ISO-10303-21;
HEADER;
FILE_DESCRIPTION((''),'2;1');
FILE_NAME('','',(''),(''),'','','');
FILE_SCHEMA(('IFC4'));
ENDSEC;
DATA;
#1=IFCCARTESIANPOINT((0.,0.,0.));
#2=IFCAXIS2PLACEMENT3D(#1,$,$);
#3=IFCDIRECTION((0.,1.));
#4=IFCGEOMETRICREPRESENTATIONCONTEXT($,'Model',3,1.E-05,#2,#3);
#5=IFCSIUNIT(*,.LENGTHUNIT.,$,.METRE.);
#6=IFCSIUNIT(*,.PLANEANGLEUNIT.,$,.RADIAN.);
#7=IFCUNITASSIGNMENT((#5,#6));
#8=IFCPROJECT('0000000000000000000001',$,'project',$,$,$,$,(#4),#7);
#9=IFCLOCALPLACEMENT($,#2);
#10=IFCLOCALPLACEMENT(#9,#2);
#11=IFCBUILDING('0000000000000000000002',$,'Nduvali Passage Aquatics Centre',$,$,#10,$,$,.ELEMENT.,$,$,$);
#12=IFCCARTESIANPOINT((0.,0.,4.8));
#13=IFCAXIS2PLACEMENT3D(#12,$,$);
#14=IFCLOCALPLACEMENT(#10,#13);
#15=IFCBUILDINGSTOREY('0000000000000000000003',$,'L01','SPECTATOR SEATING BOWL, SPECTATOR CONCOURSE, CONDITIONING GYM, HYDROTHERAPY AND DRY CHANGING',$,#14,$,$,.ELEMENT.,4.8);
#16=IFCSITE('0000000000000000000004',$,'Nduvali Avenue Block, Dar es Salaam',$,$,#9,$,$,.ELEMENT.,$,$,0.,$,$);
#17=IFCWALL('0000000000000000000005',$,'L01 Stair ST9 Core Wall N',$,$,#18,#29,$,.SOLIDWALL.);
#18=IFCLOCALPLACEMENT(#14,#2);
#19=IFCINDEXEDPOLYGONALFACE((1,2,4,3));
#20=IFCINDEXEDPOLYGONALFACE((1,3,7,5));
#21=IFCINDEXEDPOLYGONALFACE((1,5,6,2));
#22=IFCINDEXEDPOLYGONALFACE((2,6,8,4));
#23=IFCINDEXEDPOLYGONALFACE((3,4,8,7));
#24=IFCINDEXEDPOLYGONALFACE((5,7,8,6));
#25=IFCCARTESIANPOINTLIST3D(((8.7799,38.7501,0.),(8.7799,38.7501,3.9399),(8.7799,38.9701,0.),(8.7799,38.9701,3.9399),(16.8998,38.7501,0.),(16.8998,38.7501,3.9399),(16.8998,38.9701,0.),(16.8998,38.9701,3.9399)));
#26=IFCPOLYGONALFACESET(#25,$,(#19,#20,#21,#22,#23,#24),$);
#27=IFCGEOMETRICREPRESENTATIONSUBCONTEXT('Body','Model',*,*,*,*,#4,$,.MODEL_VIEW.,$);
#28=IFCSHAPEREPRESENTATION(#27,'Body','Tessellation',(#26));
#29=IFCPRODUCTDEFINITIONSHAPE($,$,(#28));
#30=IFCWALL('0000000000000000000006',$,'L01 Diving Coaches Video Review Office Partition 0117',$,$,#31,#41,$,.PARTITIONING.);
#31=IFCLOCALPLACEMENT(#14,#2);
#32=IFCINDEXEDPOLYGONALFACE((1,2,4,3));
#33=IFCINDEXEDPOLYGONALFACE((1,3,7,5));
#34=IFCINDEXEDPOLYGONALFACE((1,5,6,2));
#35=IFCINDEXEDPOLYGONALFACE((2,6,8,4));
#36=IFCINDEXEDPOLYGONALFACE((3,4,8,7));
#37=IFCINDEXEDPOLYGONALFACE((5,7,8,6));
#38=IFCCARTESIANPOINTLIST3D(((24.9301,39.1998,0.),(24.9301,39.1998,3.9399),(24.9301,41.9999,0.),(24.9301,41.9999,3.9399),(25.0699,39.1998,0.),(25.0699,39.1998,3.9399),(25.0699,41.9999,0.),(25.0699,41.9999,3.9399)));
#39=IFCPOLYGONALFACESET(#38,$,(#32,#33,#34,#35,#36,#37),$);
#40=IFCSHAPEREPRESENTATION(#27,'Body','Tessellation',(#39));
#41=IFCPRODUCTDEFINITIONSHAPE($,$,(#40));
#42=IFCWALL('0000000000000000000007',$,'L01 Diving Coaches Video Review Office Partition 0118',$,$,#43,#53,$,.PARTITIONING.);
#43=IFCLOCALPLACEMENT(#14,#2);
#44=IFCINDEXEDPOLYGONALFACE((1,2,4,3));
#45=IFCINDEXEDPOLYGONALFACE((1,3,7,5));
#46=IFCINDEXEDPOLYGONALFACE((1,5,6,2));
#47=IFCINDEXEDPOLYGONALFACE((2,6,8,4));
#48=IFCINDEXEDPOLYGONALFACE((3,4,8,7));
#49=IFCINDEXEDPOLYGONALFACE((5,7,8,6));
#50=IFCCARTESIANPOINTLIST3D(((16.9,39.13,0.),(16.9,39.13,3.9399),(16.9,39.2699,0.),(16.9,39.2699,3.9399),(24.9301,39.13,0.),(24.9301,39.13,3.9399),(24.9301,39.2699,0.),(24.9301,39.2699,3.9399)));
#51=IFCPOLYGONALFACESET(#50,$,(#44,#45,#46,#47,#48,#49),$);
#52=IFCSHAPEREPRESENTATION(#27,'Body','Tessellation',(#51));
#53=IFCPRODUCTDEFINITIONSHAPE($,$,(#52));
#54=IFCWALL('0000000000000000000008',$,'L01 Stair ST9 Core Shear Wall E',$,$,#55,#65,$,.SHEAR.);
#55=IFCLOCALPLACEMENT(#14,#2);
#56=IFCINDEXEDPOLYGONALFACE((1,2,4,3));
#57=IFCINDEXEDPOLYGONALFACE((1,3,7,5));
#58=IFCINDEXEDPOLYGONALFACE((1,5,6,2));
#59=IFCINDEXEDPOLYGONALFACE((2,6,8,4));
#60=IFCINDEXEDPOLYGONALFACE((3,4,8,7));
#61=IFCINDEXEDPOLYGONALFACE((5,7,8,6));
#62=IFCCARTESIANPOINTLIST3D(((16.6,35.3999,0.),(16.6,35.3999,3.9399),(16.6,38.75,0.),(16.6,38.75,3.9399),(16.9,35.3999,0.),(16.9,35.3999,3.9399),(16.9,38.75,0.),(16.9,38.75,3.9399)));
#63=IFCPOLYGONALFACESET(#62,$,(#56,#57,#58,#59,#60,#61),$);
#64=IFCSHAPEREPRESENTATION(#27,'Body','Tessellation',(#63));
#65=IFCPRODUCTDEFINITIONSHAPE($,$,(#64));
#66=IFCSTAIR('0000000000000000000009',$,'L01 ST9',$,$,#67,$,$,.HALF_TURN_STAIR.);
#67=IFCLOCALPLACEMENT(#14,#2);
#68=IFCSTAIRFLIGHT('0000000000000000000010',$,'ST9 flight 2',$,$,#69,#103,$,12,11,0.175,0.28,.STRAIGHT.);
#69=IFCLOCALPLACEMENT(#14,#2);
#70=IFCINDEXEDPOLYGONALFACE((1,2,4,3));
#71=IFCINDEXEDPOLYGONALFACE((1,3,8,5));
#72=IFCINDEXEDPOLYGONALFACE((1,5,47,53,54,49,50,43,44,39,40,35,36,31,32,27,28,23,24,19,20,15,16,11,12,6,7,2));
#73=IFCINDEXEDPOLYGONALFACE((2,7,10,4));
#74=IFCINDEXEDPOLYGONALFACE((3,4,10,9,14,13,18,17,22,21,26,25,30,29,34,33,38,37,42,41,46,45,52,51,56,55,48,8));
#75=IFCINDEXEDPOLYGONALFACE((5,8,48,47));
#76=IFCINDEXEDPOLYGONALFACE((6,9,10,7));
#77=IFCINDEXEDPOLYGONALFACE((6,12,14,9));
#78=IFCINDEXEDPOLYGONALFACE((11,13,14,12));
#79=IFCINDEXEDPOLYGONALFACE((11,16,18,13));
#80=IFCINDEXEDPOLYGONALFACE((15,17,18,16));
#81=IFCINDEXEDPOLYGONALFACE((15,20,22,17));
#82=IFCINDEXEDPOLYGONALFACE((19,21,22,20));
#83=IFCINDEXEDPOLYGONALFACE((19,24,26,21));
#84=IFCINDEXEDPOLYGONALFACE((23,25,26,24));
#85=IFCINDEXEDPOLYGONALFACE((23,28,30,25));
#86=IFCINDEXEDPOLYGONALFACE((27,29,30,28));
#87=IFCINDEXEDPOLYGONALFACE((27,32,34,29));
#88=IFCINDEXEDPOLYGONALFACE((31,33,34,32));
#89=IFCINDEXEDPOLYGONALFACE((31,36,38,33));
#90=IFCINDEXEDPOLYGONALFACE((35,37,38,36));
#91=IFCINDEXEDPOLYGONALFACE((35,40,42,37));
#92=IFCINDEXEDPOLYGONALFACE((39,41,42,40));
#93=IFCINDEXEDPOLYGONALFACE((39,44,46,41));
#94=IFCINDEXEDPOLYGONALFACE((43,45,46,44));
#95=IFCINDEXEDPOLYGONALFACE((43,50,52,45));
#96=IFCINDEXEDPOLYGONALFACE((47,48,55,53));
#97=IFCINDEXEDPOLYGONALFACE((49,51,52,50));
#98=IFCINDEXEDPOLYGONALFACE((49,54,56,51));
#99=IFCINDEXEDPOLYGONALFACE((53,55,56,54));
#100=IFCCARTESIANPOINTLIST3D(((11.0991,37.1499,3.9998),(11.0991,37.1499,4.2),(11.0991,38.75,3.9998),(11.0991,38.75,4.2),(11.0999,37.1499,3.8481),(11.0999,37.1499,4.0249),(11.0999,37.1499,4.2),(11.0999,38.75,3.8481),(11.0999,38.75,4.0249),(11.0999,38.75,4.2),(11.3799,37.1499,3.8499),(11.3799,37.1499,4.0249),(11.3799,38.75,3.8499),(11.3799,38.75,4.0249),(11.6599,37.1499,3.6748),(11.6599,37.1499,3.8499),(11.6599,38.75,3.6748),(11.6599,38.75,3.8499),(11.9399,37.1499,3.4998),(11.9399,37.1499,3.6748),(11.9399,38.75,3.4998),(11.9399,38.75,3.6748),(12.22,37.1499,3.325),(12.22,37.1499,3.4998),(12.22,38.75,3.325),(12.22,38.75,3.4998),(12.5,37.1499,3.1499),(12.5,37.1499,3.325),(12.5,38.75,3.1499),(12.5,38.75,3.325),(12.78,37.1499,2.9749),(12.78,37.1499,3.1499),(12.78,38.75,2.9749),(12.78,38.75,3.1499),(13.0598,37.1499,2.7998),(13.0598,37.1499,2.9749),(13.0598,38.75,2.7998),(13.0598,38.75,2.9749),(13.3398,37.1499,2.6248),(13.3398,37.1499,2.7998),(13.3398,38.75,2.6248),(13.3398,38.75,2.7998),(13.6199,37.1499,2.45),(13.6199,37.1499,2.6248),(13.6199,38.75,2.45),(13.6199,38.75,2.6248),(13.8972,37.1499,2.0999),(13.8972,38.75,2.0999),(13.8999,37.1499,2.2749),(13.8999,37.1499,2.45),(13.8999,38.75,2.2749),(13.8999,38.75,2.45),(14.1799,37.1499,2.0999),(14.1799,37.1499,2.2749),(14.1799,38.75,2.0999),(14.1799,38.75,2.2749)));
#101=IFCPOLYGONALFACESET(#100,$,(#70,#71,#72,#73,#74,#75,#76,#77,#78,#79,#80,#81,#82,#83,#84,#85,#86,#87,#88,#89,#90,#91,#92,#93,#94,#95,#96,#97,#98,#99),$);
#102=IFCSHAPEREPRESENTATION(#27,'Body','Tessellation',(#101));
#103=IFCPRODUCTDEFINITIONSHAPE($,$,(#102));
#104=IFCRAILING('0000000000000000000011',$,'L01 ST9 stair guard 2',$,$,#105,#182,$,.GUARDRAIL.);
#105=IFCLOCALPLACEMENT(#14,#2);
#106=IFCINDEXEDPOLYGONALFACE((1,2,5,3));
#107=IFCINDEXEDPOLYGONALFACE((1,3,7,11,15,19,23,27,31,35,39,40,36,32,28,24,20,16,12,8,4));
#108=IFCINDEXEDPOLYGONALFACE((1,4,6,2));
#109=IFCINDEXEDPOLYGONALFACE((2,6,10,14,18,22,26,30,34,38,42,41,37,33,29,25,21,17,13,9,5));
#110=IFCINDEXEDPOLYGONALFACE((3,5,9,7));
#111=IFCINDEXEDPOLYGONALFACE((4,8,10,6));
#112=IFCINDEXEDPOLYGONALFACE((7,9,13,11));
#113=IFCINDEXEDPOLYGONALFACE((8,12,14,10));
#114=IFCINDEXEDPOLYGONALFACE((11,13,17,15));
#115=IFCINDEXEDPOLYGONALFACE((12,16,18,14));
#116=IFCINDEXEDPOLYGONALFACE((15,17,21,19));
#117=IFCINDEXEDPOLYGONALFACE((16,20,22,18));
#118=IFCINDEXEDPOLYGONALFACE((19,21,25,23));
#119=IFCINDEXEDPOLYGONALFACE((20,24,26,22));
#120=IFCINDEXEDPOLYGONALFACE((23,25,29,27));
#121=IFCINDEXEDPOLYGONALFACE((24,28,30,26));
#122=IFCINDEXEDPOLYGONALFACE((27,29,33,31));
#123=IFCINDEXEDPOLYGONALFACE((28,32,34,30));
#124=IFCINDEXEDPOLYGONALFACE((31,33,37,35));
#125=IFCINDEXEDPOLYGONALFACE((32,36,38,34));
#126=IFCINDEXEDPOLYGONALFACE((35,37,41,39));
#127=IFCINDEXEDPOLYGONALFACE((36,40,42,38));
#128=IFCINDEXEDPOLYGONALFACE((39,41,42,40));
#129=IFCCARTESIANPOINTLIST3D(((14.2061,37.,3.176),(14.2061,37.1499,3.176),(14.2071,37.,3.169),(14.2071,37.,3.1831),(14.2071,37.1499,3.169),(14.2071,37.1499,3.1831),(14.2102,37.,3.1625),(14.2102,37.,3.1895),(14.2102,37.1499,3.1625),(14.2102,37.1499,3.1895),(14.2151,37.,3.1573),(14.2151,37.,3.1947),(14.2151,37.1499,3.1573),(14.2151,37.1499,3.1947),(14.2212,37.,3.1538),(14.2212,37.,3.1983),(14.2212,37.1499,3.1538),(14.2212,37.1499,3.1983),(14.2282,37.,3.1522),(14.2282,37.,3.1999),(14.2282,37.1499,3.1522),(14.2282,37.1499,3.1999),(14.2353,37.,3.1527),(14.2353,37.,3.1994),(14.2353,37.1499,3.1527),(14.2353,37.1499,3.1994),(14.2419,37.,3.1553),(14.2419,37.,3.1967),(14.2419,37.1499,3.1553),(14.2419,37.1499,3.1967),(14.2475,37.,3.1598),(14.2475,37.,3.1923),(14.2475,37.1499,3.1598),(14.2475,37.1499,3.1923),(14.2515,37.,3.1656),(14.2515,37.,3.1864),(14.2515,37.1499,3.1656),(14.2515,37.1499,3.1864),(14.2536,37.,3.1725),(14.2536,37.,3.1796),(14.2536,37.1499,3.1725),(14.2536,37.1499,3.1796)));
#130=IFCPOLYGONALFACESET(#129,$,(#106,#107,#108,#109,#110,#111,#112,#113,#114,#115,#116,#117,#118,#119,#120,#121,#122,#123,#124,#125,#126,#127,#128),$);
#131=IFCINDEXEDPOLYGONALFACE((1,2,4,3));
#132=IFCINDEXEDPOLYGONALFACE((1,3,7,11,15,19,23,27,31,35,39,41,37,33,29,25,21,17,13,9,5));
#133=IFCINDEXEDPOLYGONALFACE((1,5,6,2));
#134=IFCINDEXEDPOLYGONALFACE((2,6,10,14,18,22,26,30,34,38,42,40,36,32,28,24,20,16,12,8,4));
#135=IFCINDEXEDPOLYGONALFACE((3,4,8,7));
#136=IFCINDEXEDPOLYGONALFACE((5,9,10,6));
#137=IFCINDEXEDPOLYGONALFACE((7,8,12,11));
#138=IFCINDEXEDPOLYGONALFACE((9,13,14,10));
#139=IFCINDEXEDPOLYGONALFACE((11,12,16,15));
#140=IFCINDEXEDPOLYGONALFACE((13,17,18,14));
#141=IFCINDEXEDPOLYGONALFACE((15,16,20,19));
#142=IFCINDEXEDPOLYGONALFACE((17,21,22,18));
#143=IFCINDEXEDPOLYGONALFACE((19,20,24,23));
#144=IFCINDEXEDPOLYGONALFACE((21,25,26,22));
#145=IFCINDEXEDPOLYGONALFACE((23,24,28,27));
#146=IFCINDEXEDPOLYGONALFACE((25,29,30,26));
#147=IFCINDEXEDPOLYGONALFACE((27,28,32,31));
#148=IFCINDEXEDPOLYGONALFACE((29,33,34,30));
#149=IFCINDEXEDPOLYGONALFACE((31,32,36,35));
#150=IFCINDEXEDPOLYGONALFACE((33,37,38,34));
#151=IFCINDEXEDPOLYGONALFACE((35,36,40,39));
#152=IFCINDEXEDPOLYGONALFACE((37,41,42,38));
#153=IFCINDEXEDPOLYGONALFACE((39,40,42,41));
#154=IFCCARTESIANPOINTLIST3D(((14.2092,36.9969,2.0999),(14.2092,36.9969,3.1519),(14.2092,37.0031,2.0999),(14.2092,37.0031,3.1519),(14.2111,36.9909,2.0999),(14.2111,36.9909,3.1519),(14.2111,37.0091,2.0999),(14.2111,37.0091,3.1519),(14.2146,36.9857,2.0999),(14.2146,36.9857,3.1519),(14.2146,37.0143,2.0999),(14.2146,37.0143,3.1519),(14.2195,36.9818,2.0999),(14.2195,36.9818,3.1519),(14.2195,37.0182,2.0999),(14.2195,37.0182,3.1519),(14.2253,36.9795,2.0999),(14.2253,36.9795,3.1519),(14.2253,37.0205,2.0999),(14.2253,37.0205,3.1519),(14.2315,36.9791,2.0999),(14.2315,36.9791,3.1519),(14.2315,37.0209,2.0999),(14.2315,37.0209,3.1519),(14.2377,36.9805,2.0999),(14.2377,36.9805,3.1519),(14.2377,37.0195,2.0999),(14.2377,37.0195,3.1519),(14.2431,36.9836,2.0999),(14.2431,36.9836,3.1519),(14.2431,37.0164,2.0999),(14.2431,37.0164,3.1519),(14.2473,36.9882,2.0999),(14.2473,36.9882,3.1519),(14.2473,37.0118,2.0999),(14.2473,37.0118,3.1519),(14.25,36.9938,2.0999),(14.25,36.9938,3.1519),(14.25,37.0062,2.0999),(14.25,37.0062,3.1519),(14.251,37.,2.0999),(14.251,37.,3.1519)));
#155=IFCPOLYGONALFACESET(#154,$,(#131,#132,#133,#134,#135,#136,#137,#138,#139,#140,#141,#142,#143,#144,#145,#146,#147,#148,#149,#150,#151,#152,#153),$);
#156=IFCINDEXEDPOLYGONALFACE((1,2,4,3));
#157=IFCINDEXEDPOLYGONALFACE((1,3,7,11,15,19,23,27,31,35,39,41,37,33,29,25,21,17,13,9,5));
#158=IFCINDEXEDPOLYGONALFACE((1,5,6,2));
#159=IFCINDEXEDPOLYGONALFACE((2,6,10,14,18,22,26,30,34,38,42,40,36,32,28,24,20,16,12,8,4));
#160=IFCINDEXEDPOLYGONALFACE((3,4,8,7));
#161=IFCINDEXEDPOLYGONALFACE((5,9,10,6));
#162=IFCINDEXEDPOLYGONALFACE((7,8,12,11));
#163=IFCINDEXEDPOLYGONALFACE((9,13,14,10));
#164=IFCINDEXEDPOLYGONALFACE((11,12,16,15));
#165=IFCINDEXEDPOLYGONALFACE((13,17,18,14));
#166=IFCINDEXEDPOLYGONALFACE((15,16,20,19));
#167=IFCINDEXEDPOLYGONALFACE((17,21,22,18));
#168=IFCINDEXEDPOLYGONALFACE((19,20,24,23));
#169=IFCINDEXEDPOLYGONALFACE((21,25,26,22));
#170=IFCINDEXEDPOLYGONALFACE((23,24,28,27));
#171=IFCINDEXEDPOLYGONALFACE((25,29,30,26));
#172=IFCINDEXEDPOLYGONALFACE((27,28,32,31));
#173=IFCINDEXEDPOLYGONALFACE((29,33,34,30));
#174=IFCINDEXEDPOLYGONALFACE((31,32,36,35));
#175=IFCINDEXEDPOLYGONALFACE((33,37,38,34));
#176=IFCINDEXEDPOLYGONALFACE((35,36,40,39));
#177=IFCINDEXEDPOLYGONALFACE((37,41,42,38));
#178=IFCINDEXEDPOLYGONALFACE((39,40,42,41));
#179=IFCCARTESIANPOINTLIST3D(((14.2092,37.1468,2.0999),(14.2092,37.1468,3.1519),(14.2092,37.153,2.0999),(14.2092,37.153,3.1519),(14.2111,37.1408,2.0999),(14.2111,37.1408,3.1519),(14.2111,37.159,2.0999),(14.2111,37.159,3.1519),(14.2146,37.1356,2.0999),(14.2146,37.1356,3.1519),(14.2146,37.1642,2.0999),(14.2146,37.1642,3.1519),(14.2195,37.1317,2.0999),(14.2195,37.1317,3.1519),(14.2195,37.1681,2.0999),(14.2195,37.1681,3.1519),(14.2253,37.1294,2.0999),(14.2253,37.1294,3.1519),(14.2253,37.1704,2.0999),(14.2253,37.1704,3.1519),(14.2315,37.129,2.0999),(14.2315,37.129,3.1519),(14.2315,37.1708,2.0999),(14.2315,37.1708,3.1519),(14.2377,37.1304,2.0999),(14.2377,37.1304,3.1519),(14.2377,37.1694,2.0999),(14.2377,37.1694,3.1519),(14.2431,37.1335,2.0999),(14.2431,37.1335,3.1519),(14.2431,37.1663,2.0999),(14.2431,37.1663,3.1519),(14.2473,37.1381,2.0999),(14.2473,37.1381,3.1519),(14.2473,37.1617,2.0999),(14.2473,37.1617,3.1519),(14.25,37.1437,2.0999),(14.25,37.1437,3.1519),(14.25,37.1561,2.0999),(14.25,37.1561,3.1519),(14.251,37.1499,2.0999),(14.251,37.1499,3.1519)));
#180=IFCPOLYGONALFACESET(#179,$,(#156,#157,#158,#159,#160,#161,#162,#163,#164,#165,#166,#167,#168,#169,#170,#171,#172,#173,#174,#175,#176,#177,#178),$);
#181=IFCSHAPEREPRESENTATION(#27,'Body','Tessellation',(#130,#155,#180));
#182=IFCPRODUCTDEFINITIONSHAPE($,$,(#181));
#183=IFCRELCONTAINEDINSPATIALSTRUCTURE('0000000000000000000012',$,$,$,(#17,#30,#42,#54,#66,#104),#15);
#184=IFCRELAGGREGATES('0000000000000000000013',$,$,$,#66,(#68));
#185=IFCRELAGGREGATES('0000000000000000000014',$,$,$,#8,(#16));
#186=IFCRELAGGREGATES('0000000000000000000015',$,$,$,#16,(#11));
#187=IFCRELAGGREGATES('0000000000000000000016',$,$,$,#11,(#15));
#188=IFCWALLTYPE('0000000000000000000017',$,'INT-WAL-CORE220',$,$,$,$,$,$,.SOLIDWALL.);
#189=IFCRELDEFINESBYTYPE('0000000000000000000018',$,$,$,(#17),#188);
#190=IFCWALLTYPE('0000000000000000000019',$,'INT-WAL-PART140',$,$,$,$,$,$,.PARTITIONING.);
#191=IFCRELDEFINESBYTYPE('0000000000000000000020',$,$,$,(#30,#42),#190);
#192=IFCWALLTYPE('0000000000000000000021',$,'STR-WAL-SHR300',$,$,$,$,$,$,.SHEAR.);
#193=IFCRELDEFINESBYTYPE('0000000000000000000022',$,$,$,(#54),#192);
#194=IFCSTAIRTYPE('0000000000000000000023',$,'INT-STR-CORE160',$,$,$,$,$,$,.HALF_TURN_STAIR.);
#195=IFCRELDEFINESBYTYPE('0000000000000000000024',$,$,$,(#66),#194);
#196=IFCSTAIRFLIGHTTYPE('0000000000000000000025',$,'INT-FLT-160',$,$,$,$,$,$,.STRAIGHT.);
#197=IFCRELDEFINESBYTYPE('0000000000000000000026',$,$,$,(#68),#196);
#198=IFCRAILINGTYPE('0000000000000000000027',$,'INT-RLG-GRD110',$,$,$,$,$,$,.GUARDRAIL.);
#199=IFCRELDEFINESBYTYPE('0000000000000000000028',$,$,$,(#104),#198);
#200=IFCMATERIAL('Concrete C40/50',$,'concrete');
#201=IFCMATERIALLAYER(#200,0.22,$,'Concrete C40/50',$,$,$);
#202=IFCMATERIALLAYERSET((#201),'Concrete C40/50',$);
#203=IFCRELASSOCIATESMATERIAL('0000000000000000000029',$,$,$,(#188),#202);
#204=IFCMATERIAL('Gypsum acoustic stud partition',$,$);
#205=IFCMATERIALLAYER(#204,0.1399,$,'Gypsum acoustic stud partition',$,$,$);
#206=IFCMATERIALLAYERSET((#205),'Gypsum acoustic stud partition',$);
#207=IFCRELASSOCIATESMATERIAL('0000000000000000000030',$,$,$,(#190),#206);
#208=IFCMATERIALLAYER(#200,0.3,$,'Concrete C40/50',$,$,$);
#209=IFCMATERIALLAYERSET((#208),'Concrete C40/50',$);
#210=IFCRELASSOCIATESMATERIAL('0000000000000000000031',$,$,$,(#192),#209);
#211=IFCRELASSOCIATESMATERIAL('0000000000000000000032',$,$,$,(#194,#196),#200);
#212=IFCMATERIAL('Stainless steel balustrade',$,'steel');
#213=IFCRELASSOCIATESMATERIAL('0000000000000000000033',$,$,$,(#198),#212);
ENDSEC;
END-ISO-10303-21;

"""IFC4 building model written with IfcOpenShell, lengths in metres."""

from ifc_helpers import new_model, si_unit, direction, frame, frame_2d, origin, origin_2d, place, context, subcontext, project, spatial, polyline, rectangle, circle, outline, extrude, material, layer, layer_set, type_object, element, aggregate, save


model = new_model("IFC4")

# Units and contexts
model_context = context("Model", 3, precision=1e-05, world=origin(), true_north=direction((0.0, 1.0)))
body_context = subcontext(model_context, "Body", "Model", "MODEL_VIEW")
ifc_project = project(units=[si_unit("LENGTHUNIT", "METRE"), si_unit("PLANEANGLEUNIT", "RADIAN")], contexts=[model_context])

# Site, building, storey
site_placement = place(None, origin())
site = spatial("IfcSite", under=ifc_project, at=site_placement, Name="Nduvali Avenue Block, Dar es Salaam", CompositionType="ELEMENT", RefElevation=0.0)
building_placement = place(site_placement, origin())
building = spatial("IfcBuilding", under=site, at=building_placement, Name="Nduvali Passage Aquatics Centre", CompositionType="ELEMENT")
storey_placement = place(building_placement, frame((0.0, 0.0, 4.8)))
storey = spatial("IfcBuildingStorey", under=building, at=storey_placement, Name="L01", Description="SPECTATOR SEATING BOWL, SPECTATOR CONCOURSE, CONDITIONING GYM, HYDROTHERAPY AND DRY CHANGING", CompositionType="ELEMENT", Elevation=4.8)

# Shared definitions
ifc_material_1 = material(Name="Concrete C40/50", Category="concrete")

# Walls
ifc_layer_1 = layer(ifc_material_1, 0.22, Name="Concrete C40/50")
ifc_layer_set_1 = layer_set([ifc_layer_1], Name="Concrete C40/50")
wall_type_1 = type_object("IfcWallType", Name="INT-WAL-CORE220", PredefinedType="SOLIDWALL", material=ifc_layer_set_1)
wall_1_placement = place(storey_placement, frame((16.8999, 38.8601, 0.0), z_axis=(0.0, 0.0, 1.0), x_axis=(-1.0, 0.0, 0.0)))
element("IfcWall", 1, at=wall_1_placement, inside=storey, type_object=wall_type_1, Name="L01 Stair ST9 Core Wall N", PredefinedType="SOLIDWALL", context=body_context, shape_type="SweptSolid", body=[
    extrude(rectangle(XDim=8.1199, YDim=0.22, at=frame_2d((4.0601, 0.0))), origin(), (0.0, 0.0, 1.0), 3.9399),
])
ifc_material_2 = material(Name="Gypsum acoustic stud partition")
ifc_layer_2 = layer(ifc_material_2, 0.1399, Name="Gypsum acoustic stud partition")
ifc_layer_set_2 = layer_set([ifc_layer_2], Name="Gypsum acoustic stud partition")
wall_type_2 = type_object("IfcWallType", Name="INT-WAL-PART140", PredefinedType="PARTITIONING", material=ifc_layer_set_2)
wall_2_placement = place(storey_placement, frame((25.0, 39.2, 0.0), z_axis=(0.0, 0.0, 1.0), x_axis=(0.0, 1.0, 0.0)))
element("IfcWall", 2, at=wall_2_placement, inside=storey, type_object=wall_type_2, Name="L01 Diving Coaches Video Review Office Partition 0117", PredefinedType="PARTITIONING", context=body_context, shape_type="SweptSolid", body=[
    extrude(rectangle(XDim=2.8, YDim=0.1399, at=frame_2d((1.3999, 0.0))), origin(), (0.0, 0.0, 1.0), 3.9399),
])
wall_3_placement = place(storey_placement, frame((16.8999, 39.2, 0.0), z_axis=(0.0, 0.0, 1.0), x_axis=(1.0, 0.0, 0.0)))
element("IfcWall", 3, at=wall_3_placement, inside=storey, type_object=wall_type_2, Name="L01 Diving Coaches Video Review Office Partition 0118", PredefinedType="PARTITIONING", context=body_context, shape_type="SweptSolid", body=[
    extrude(rectangle(XDim=8.03, YDim=0.1399, at=frame_2d((4.0151, 0.0))), origin(), (0.0, 0.0, 1.0), 3.9399),
])
ifc_layer_3 = layer(ifc_material_1, 0.3, Name="Concrete C40/50")
ifc_layer_set_3 = layer_set([ifc_layer_3], Name="Concrete C40/50")
wall_type_3 = type_object("IfcWallType", Name="STR-WAL-SHR300", PredefinedType="SHEAR", material=ifc_layer_set_3)
wall_4_placement = place(storey_placement, frame((16.75, 35.3999, 0.0), z_axis=(0.0, 0.0, 1.0), x_axis=(0.0, 1.0, 0.0)))
element("IfcWall", 4, at=wall_4_placement, inside=storey, type_object=wall_type_3, Name="L01 Stair ST9 Core Shear Wall E", PredefinedType="SHEAR", context=body_context, shape_type="SweptSolid", body=[
    extrude(rectangle(XDim=3.3501, YDim=0.3, at=frame_2d((1.675, 0.0))), origin(), (0.0, 0.0, 1.0), 3.9399),
])

# Stair, stair flight
stair_type = type_object("IfcStairType", Name="INT-STR-CORE160", PredefinedType="HALF_TURN_STAIR", material=ifc_material_1)
stair_placement = place(storey_placement, origin())
stair = element("IfcStair", 5, at=stair_placement, inside=storey, type_object=stair_type, Name="L01 ST9", PredefinedType="HALF_TURN_STAIR")
stair_flight_type = type_object("IfcStairFlightType", Name="INT-FLT-160", PredefinedType="STRAIGHT", material=ifc_material_1)
stair_flight_placement = place(storey_placement, frame((14.1799, 37.95, 2.0999), z_axis=(0.0, 0.0, 1.0), x_axis=(-1.0, 0.0, 0.0)))
stair_flight = element("IfcStairFlight", 6, at=stair_flight_placement, type_object=stair_flight_type, Name="ST9 flight 2", NumberOfRisers=12, NumberOfTreads=11, PredefinedType="STRAIGHT", RiserHeight=0.175, TreadLength=0.28, context=body_context, shape_type="SweptSolid", body=[
    extrude(outline(polyline([(0.0, 0.0), (0.0, 0.175), (0.28, 0.175), (0.28, 0.3501), (0.5601, 0.3501), (0.5601, 0.5249), (0.8401, 0.5249), (0.8401, 0.7), (1.1201, 0.7), (1.1201, 0.875), (1.3999, 0.875), (1.3999, 1.05), (1.6799, 1.05), (1.6799, 1.2251), (1.96, 1.2251), (1.96, 1.3999), (2.24, 1.3999), (2.24, 1.575), (2.52, 1.575), (2.52, 1.75), (2.8, 1.75), (2.8, 1.925), (3.0801, 1.925), (3.0801, 2.1001), (3.0808, 2.1001), (3.0808, 1.8999), (3.0801, 1.7483), (0.2827, 0.0), (0.0, 0.0)])), frame((0.0, 0.8, 0.0), z_axis=(0.0, -1.0, 0.0), x_axis=(1.0, 0.0, 0.0)), (0.0, 0.0, 1.0), 1.6001),
])
aggregate(stair, [stair_flight])

# Railing
ifc_material_3 = material(Name="Stainless steel balustrade", Category="steel")
railing_type_1 = type_object("IfcRailingType", Name="INT-RLG-GRD110", PredefinedType="GUARDRAIL", material=ifc_material_3)
railing_1_placement = place(storey_placement, frame((14.23, 37.0, 2.0999)))
element("IfcRailing", 7, at=railing_1_placement, inside=storey, type_object=railing_type_1, Name="L01 ST9 stair guard 2", PredefinedType="GUARDRAIL", context=body_context, shape_type="SweptSolid", body=[
    extrude(circle(Radius=0.0239, at=origin_2d()), frame((0.0, 0.0, 1.0762), z_axis=(0.0, 1.0, 0.0), x_axis=(-1.0, 0.0, 0.0)), (0.0, 0.0, 1.0), 0.1499),
    extrude(circle(Radius=0.021, at=origin_2d()), origin(), (0.0, 0.0, 1.0), 1.052),
    extrude(circle(Radius=0.021, at=origin_2d()), frame((0.0, 0.1499, 0.0)), (0.0, 0.0, 1.0), 1.052),
])

save(model, "model.ifc")
